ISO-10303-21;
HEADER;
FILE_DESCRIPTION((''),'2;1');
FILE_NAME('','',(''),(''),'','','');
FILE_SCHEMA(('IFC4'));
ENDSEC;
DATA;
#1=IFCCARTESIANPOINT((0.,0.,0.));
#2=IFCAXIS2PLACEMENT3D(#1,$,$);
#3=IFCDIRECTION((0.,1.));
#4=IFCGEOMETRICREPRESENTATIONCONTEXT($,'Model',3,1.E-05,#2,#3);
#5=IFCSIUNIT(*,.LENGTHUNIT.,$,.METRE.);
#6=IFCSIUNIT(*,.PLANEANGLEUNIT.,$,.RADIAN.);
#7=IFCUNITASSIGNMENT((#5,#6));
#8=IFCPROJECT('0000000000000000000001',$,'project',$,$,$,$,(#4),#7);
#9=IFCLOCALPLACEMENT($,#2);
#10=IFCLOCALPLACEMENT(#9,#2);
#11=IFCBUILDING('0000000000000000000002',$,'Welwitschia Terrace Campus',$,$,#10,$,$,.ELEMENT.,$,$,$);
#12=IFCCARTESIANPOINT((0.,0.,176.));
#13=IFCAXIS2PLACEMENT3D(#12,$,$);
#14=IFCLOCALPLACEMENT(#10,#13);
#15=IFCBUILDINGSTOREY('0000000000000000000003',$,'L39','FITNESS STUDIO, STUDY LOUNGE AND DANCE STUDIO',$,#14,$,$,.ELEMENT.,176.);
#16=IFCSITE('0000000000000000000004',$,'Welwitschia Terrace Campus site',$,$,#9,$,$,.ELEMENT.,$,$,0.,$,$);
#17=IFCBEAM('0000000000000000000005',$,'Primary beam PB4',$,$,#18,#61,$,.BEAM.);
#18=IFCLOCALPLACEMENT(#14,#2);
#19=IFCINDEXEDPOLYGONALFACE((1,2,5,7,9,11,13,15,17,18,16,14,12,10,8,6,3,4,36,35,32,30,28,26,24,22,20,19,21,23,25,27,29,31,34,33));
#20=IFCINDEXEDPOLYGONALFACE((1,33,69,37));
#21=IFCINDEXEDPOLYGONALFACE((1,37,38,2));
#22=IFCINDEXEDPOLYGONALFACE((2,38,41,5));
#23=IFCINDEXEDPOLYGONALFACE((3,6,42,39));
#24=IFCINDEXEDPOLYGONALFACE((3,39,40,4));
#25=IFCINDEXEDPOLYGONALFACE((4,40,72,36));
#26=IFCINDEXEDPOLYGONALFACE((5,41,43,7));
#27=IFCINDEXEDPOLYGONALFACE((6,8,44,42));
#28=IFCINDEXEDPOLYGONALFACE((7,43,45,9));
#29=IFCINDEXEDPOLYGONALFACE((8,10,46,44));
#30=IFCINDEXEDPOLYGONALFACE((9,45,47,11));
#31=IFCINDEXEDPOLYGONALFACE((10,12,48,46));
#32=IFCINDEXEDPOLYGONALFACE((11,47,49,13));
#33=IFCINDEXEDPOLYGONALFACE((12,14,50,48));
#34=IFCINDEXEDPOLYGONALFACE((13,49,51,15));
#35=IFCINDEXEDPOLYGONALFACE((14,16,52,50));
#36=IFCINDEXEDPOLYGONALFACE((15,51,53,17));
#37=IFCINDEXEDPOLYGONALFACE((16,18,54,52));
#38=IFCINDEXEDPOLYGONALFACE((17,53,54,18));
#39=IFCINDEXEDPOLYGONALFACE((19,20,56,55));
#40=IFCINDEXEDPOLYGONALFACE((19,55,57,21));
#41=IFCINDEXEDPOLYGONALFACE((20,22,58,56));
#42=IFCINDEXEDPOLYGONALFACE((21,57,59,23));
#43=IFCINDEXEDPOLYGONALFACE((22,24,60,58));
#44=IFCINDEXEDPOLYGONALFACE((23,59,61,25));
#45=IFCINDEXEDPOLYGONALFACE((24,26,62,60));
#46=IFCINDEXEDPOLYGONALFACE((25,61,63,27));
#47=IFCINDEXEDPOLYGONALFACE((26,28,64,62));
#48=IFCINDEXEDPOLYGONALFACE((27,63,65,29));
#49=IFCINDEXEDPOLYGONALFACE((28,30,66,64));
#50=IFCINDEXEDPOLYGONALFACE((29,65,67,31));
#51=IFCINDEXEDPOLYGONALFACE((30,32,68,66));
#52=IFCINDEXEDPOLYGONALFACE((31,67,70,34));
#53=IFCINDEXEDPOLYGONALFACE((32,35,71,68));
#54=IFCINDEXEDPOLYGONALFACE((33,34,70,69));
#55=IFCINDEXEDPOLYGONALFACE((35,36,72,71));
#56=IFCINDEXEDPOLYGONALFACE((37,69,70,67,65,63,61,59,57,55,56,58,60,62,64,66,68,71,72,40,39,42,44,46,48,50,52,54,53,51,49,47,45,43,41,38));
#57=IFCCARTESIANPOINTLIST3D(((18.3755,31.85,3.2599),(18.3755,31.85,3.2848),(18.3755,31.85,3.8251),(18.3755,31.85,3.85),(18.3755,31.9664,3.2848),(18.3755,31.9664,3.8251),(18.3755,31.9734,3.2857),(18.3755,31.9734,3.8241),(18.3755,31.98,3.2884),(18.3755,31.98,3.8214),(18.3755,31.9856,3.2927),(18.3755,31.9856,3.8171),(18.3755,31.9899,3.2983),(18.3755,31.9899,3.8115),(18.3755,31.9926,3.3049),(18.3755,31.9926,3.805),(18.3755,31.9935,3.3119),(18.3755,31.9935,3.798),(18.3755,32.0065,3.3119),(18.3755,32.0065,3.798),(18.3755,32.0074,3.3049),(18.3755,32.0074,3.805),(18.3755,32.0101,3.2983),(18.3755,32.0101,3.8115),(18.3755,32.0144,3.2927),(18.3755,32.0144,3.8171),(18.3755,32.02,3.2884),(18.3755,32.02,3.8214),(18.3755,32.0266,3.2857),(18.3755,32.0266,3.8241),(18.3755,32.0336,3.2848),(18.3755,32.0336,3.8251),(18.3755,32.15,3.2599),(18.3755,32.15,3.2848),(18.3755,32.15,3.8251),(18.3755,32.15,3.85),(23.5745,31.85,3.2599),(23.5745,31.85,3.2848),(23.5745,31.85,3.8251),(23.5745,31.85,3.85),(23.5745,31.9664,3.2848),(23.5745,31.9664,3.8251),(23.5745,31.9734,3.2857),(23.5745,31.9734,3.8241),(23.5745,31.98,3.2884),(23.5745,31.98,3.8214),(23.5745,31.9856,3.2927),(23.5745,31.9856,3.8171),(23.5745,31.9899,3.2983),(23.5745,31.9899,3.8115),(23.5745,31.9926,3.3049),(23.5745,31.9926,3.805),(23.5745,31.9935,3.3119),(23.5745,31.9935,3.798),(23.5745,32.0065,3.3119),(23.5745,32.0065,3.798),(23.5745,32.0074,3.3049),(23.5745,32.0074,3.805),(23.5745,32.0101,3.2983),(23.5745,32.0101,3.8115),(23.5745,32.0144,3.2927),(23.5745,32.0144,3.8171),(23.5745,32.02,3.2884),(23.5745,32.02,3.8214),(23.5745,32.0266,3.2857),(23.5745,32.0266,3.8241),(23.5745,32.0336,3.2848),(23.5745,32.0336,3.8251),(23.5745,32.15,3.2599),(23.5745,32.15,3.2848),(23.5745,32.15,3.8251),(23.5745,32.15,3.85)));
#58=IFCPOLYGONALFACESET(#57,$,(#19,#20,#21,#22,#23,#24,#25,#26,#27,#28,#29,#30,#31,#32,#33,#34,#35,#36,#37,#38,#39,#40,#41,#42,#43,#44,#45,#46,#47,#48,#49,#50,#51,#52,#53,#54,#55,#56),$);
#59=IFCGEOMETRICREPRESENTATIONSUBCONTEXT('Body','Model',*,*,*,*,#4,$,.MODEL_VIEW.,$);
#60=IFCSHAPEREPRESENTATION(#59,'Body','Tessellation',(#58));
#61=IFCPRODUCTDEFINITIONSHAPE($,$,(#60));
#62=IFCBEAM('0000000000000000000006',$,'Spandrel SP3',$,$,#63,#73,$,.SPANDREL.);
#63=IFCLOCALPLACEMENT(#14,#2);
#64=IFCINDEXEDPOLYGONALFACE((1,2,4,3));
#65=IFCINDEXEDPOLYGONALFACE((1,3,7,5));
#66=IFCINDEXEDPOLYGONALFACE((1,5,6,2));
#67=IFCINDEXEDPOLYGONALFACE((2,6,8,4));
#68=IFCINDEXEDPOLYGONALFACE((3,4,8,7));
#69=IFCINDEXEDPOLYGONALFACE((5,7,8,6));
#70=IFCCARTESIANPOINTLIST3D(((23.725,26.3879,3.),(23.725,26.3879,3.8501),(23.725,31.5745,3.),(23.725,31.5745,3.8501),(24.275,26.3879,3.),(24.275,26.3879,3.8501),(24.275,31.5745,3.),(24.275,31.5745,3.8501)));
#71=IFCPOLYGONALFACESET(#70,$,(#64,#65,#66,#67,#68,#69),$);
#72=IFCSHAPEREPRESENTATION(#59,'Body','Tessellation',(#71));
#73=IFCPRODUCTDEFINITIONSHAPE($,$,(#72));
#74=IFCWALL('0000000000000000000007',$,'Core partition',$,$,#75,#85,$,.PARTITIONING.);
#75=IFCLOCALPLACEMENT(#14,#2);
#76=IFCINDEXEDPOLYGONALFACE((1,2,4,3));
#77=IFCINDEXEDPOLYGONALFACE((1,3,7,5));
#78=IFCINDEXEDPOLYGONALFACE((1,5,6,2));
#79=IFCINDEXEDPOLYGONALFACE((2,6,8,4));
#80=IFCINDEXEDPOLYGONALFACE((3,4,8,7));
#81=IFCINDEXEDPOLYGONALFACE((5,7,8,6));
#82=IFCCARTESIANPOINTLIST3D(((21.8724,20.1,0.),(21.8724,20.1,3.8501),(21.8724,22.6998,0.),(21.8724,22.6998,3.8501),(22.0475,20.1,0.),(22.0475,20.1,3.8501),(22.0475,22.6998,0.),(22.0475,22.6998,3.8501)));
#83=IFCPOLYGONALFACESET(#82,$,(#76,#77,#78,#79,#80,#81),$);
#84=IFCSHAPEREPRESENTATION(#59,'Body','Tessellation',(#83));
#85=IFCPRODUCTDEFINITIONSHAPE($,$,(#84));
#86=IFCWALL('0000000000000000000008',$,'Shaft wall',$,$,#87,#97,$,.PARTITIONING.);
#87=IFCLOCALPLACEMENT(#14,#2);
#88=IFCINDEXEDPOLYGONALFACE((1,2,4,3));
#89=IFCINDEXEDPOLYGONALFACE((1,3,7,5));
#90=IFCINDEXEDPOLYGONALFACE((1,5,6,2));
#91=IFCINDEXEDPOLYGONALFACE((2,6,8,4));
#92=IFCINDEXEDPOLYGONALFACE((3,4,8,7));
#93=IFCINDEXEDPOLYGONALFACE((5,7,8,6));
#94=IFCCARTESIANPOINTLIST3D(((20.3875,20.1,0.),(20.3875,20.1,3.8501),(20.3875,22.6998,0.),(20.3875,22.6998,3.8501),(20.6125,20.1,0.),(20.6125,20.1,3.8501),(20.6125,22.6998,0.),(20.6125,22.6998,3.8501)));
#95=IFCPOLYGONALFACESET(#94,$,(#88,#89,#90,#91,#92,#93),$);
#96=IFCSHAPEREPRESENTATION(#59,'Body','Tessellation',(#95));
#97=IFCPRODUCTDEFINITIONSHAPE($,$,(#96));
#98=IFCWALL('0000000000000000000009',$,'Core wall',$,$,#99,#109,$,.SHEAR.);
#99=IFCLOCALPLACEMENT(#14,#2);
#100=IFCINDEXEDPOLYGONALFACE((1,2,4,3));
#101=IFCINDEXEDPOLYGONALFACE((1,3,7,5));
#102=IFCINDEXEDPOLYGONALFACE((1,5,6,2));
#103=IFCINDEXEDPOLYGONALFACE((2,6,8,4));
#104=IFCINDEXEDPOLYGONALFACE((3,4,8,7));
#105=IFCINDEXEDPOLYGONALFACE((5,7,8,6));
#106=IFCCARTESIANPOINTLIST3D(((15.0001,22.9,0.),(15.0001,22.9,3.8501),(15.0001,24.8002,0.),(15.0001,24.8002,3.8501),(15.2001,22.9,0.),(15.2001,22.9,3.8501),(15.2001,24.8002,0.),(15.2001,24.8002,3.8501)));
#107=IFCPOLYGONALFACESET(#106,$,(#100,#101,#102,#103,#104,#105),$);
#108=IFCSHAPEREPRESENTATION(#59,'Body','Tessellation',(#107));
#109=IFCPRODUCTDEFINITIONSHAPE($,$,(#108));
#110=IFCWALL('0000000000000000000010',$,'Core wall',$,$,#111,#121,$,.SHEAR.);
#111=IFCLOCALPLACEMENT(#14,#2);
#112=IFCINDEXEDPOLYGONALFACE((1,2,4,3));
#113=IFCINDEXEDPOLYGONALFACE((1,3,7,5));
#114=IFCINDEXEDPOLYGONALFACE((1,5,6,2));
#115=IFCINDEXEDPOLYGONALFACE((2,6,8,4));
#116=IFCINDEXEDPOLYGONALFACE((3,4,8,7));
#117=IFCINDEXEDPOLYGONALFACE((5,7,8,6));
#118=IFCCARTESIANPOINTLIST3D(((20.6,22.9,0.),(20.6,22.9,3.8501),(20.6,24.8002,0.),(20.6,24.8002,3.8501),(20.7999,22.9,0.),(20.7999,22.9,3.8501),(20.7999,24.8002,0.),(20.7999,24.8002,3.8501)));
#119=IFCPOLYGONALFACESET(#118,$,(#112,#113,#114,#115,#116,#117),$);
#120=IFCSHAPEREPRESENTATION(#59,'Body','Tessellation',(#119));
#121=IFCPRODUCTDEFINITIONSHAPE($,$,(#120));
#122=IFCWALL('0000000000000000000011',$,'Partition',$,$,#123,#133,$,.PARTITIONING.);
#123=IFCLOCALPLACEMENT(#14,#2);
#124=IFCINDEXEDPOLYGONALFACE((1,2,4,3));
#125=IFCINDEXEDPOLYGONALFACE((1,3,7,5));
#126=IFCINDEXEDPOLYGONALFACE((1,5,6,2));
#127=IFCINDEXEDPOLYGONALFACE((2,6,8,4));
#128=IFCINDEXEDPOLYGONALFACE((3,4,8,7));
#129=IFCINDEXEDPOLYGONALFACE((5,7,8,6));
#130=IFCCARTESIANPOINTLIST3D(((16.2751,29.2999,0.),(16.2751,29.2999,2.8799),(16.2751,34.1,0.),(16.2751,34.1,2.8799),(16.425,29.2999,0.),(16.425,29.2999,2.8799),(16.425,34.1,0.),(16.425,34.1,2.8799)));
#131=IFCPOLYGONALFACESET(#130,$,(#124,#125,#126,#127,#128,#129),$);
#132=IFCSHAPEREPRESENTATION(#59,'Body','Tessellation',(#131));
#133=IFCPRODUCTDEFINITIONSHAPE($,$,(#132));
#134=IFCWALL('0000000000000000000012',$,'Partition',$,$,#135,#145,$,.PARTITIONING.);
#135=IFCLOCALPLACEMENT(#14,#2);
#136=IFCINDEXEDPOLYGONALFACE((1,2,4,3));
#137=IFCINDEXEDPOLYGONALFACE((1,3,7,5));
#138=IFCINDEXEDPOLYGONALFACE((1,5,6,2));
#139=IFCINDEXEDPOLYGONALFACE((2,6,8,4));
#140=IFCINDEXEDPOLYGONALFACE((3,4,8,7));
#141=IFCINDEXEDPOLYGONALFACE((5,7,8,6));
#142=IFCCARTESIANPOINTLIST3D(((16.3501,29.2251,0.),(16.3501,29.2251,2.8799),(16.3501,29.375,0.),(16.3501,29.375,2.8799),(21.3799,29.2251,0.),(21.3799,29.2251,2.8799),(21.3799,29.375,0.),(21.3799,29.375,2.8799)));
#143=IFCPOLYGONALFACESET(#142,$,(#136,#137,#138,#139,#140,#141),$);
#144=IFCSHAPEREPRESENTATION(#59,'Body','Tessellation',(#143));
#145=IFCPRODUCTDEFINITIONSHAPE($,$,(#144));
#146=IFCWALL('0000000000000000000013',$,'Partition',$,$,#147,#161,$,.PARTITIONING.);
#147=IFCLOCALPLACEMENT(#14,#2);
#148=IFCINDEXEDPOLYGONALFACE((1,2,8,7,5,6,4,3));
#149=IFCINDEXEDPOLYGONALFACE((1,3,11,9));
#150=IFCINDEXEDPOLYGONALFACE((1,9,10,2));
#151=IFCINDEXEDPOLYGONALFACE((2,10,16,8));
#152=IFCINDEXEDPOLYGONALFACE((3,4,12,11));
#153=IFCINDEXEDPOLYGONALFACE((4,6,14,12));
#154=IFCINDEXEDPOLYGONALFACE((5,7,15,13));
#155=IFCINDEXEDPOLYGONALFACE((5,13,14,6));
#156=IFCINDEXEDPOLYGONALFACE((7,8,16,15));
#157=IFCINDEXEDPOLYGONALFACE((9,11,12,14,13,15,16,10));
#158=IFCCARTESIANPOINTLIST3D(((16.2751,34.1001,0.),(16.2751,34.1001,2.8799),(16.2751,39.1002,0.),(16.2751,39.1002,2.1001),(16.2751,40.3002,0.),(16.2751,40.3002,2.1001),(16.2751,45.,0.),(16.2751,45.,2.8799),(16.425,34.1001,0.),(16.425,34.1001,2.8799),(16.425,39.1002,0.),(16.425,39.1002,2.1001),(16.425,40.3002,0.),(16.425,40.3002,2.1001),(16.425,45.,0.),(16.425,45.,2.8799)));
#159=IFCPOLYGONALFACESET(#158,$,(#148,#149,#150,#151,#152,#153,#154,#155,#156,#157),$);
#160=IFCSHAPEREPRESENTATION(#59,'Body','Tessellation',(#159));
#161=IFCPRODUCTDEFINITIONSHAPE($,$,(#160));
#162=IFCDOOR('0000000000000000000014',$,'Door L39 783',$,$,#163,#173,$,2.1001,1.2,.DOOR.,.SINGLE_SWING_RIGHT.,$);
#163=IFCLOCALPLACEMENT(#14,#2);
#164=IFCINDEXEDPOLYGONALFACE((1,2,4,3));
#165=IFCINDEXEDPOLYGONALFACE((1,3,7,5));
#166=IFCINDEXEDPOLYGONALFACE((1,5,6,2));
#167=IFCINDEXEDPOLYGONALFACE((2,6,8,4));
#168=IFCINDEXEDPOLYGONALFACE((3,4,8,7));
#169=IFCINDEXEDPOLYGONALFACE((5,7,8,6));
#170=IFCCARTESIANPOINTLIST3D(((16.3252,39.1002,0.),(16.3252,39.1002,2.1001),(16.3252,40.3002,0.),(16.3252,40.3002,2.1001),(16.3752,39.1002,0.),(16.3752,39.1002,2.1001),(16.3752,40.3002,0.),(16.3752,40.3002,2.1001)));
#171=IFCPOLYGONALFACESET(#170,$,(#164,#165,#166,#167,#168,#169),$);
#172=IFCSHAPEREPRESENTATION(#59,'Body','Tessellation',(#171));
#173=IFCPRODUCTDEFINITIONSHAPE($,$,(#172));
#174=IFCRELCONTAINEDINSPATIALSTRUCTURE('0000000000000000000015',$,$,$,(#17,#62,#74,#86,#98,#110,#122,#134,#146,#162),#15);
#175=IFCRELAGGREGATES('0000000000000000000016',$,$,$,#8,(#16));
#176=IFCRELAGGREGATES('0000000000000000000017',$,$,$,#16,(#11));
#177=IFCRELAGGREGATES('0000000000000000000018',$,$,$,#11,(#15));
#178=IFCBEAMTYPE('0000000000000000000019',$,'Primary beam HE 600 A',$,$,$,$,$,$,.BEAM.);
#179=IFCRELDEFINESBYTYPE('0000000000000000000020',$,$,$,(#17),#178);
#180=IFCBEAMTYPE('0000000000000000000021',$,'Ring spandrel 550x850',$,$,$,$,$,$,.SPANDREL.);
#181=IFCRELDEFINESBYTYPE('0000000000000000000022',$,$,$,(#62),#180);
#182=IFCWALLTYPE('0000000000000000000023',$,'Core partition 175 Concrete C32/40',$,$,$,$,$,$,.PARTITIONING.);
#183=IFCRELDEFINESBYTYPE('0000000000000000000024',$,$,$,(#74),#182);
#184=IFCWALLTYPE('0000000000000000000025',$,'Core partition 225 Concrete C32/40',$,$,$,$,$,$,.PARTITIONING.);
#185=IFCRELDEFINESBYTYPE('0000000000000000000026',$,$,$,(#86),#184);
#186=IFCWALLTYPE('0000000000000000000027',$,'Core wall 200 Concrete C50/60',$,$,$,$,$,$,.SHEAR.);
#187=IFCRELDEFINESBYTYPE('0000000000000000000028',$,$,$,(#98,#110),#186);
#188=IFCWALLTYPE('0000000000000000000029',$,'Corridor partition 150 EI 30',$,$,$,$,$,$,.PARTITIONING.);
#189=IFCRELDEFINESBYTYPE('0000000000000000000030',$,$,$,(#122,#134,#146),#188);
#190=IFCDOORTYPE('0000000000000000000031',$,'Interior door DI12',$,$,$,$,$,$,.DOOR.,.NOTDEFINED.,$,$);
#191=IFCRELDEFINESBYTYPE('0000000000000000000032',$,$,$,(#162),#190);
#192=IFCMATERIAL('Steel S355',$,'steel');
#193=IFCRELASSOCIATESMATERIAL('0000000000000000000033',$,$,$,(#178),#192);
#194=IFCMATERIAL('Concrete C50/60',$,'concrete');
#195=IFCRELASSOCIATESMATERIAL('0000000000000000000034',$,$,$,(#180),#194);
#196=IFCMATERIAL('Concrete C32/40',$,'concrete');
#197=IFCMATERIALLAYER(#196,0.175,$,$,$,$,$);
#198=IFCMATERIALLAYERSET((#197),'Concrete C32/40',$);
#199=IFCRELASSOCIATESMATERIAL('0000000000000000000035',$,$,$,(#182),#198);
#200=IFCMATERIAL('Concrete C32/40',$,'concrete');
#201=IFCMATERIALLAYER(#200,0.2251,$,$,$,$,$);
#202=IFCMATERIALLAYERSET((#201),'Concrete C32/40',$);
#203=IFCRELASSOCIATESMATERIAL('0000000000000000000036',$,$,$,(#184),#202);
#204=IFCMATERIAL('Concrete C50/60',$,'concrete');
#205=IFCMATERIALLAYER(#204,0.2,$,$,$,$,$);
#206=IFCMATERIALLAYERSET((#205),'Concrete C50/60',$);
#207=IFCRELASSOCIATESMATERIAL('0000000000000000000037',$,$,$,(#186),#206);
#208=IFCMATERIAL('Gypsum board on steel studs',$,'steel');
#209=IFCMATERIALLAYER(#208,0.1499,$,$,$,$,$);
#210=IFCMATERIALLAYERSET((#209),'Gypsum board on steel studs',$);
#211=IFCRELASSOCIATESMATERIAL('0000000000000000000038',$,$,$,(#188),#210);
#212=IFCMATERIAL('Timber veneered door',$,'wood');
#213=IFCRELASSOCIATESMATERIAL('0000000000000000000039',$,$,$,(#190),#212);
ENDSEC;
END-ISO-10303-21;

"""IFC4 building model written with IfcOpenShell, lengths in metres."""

from ifc_helpers import new_model, si_unit, direction, frame, frame_2d, origin, origin_2d, place, context, subcontext, project, spatial, rectangle, i_section, extrude, material, layer, layer_set, material_profile, profile_set, type_object, element, fill, save


model = new_model("IFC4")

# Units and contexts
model_context = context("Model", 3, precision=1e-05, world=origin(), true_north=direction((0.0, 1.0)))
body_context = subcontext(model_context, "Body", "Model", "MODEL_VIEW")
ifc_project = project(units=[si_unit("LENGTHUNIT", "METRE"), si_unit("PLANEANGLEUNIT", "RADIAN")], contexts=[model_context])

# Site, building, storey
site_placement = place(None, origin())
site = spatial("IfcSite", under=ifc_project, at=site_placement, Name="Welwitschia Terrace Campus site", CompositionType="ELEMENT", RefElevation=0.0)
building_placement = place(site_placement, origin())
building = spatial("IfcBuilding", under=site, at=building_placement, Name="Welwitschia Terrace Campus", CompositionType="ELEMENT")
storey_placement = place(building_placement, frame((0.0, 0.0, 176.0)))
storey = spatial("IfcBuildingStorey", under=building, at=storey_placement, Name="L39", Description="FITNESS STUDIO, STUDY LOUNGE AND DANCE STUDIO", CompositionType="ELEMENT", Elevation=176.0)

# Beams
ifc_material_1 = material(Name="Steel S355", Category="steel")
ifc_material_profile_1 = material_profile(ifc_material_1, i_section(OverallWidth=0.3, OverallDepth=0.5901, WebThickness=0.0129, FlangeThickness=0.0249, FilletRadius=0.0271, at=origin_2d()))
ifc_profile_set_1 = profile_set([ifc_material_profile_1], Name="Steel S355")
beam_type_1 = type_object("IfcBeamType", Name="Primary beam HE 600 A", PredefinedType="BEAM", material=ifc_profile_set_1)
beam_1_placement = place(storey_placement, frame((23.5745, 32.0, 3.5549), z_axis=(-1.0, 0.0, 0.0), x_axis=(0.0, -1.0, 0.0)))
element("IfcBeam", 1, at=beam_1_placement, inside=storey, type_object=beam_type_1, Name="Primary beam PB4", PredefinedType="BEAM", context=body_context, shape_type="SweptSolid", body=[
    extrude(i_section(OverallWidth=0.3, OverallDepth=0.5901, WebThickness=0.0129, FlangeThickness=0.0249, FilletRadius=0.0271, at=origin_2d()), origin(), (0.0, 0.0, 1.0), 5.199),
])
ifc_material_2 = material(Name="Concrete C50/60", Category="concrete")
ifc_material_profile_2 = material_profile(ifc_material_2, rectangle(XDim=0.55, YDim=0.8501, at=origin_2d()))
ifc_profile_set_2 = profile_set([ifc_material_profile_2], Name="Concrete C50/60")
beam_type_2 = type_object("IfcBeamType", Name="Ring spandrel 550x850", PredefinedType="SPANDREL", material=ifc_profile_set_2)
beam_2_placement = place(storey_placement, frame((24.0, 26.3879, 3.425), z_axis=(0.0, 1.0, 0.0), x_axis=(-1.0, 0.0, 0.0)))
element("IfcBeam", 2, at=beam_2_placement, inside=storey, type_object=beam_type_2, Name="Spandrel SP3", PredefinedType="SPANDREL", context=body_context, shape_type="SweptSolid", body=[
    extrude(rectangle(XDim=0.55, YDim=0.8501, at=origin_2d()), origin(), (0.0, 0.0, 1.0), 5.1865),
])

# Walls
ifc_material_3 = material(Name="Concrete C32/40", Category="concrete")
ifc_layer_1 = layer(ifc_material_3, 0.175)
ifc_layer_set_1 = layer_set([ifc_layer_1], Name="Concrete C32/40")
wall_type_1 = type_object("IfcWallType", Name="Core partition 175 Concrete C32/40", PredefinedType="PARTITIONING", material=ifc_layer_set_1)
wall_1_placement = place(storey_placement, frame((21.96, 20.1001, 0.0), z_axis=(0.0, 0.0, 1.0), x_axis=(0.0, 1.0, 0.0)))
element("IfcWall", 3, at=wall_1_placement, inside=storey, type_object=wall_type_1, Name="Core partition", PredefinedType="PARTITIONING", context=body_context, shape_type="SweptSolid", body=[
    extrude(rectangle(XDim=2.5999, YDim=0.175, at=frame_2d((1.2998, 0.0))), origin(), (0.0, 0.0, 1.0), 3.8501),
])
ifc_material_4 = material(Name="Concrete C32/40", Category="concrete")
ifc_layer_2 = layer(ifc_material_4, 0.2251)
ifc_layer_set_2 = layer_set([ifc_layer_2], Name="Concrete C32/40")
wall_type_2 = type_object("IfcWallType", Name="Core partition 225 Concrete C32/40", PredefinedType="PARTITIONING", material=ifc_layer_set_2)
wall_2_placement = place(storey_placement, frame((20.5, 20.1001, 0.0), z_axis=(0.0, 0.0, 1.0), x_axis=(0.0, 1.0, 0.0)))
element("IfcWall", 4, at=wall_2_placement, inside=storey, type_object=wall_type_2, Name="Shaft wall", PredefinedType="PARTITIONING", context=body_context, shape_type="SweptSolid", body=[
    extrude(rectangle(XDim=2.5999, YDim=0.2251, at=frame_2d((1.2998, 0.0))), origin(), (0.0, 0.0, 1.0), 3.8501),
])
ifc_material_5 = material(Name="Concrete C50/60", Category="concrete")
ifc_layer_3 = layer(ifc_material_5, 0.2)
ifc_layer_set_3 = layer_set([ifc_layer_3], Name="Concrete C50/60")
wall_type_3 = type_object("IfcWallType", Name="Core wall 200 Concrete C50/60", PredefinedType="SHEAR", material=ifc_layer_set_3)
for number, where, z_axis, x_axis, name in (
    (5, (15.1001, 22.8999, 0.0), (0.0, 0.0, 1.0), (0.0, 1.0, 0.0), "Core wall"),
    (6, (20.7, 22.8999, 0.0), (0.0, 0.0, 1.0), (0.0, 1.0, 0.0), "Core wall"),
):
    element("IfcWall", number, at=place(storey_placement, frame(where, z_axis=z_axis, x_axis=x_axis)), inside=storey, type_object=wall_type_3, Name=name, PredefinedType="SHEAR", context=body_context, shape_type="SweptSolid", body=[
        extrude(rectangle(XDim=1.9001, YDim=0.2, at=frame_2d((0.9502, 0.0))), origin(), (0.0, 0.0, 1.0), 3.8501),
    ])
ifc_material_6 = material(Name="Gypsum board on steel studs", Category="steel")
ifc_layer_4 = layer(ifc_material_6, 0.1499)
ifc_layer_set_4 = layer_set([ifc_layer_4], Name="Gypsum board on steel studs")
wall_type_4 = type_object("IfcWallType", Name="Corridor partition 150 EI 30", PredefinedType="PARTITIONING", material=ifc_layer_set_4)
wall_3_placement = place(storey_placement, frame((16.3501, 29.3, 0.0), z_axis=(0.0, 0.0, 1.0), x_axis=(0.0, 1.0, 0.0)))
element("IfcWall", 7, at=wall_3_placement, inside=storey, type_object=wall_type_4, Name="Partition", PredefinedType="PARTITIONING", context=body_context, shape_type="SweptSolid", body=[
    extrude(rectangle(XDim=4.8, YDim=0.1499, at=frame_2d((2.3999, 0.0))), origin(), (0.0, 0.0, 1.0), 2.8799),
])
wall_4_placement = place(storey_placement, frame((16.3501, 29.3, 0.0), z_axis=(0.0, 0.0, 1.0), x_axis=(1.0, 0.0, 0.0)))
element("IfcWall", 8, at=wall_4_placement, inside=storey, type_object=wall_type_4, Name="Partition", PredefinedType="PARTITIONING", context=body_context, shape_type="SweptSolid", body=[
    extrude(rectangle(XDim=5.0298, YDim=0.1499, at=frame_2d((2.5149, 0.0))), origin(), (0.0, 0.0, 1.0), 2.8799),
])

# Wall, opening, door
wall_5_placement = place(storey_placement, frame((16.3501, 34.1001, 0.0), z_axis=(0.0, 0.0, 1.0), x_axis=(0.0, 1.0, 0.0)))
wall_5 = element("IfcWall", 9, at=wall_5_placement, inside=storey, type_object=wall_type_4, Name="Partition", PredefinedType="PARTITIONING", context=body_context, shape_type="SweptSolid", body=[
    extrude(rectangle(XDim=10.8999, YDim=0.1499, at=frame_2d((5.45, 0.0))), origin(), (0.0, 0.0, 1.0), 2.8799),
])
opening_1_placement = place(wall_5_placement, frame((5.0, 0.0, 0.0)))
opening_1 = element("IfcOpeningElement", 10, at=opening_1_placement, cuts=wall_5, PredefinedType="OPENING", context=body_context, shape_type="SweptSolid", body=[
    extrude(rectangle(XDim=1.2, YDim=2.1001, at=frame_2d((0.6001, 1.05))), frame((0.0, 0.085, 0.0), z_axis=(0.0, -1.0, 0.0), x_axis=(1.0, 0.0, 0.0)), (0.0, 0.0, 1.0), 0.1699),
])
ifc_material_7 = material(Name="Timber veneered door", Category="wood")
door_type_1 = type_object("IfcDoorType", Name="Interior door DI12", OperationType="NOTDEFINED", PredefinedType="DOOR", material=ifc_material_7)
door_1_placement = place(opening_1_placement, origin())
door_1 = element("IfcDoor", 11, at=door_1_placement, inside=storey, type_object=door_type_1, Name="Door L39 783", OperationType="SINGLE_SWING_RIGHT", OverallHeight=2.1001, OverallWidth=1.2, PredefinedType="DOOR", context=body_context, shape_type="SweptSolid", body=[
    extrude(rectangle(XDim=1.2, YDim=2.1001, at=frame_2d((0.6001, 1.05))), frame((0.0, 0.0249, 0.0), z_axis=(0.0, -1.0, 0.0), x_axis=(1.0, 0.0, 0.0)), (0.0, 0.0, 1.0), 0.05),
])
fill(opening_1, door_1)

save(model, "model.ifc")
